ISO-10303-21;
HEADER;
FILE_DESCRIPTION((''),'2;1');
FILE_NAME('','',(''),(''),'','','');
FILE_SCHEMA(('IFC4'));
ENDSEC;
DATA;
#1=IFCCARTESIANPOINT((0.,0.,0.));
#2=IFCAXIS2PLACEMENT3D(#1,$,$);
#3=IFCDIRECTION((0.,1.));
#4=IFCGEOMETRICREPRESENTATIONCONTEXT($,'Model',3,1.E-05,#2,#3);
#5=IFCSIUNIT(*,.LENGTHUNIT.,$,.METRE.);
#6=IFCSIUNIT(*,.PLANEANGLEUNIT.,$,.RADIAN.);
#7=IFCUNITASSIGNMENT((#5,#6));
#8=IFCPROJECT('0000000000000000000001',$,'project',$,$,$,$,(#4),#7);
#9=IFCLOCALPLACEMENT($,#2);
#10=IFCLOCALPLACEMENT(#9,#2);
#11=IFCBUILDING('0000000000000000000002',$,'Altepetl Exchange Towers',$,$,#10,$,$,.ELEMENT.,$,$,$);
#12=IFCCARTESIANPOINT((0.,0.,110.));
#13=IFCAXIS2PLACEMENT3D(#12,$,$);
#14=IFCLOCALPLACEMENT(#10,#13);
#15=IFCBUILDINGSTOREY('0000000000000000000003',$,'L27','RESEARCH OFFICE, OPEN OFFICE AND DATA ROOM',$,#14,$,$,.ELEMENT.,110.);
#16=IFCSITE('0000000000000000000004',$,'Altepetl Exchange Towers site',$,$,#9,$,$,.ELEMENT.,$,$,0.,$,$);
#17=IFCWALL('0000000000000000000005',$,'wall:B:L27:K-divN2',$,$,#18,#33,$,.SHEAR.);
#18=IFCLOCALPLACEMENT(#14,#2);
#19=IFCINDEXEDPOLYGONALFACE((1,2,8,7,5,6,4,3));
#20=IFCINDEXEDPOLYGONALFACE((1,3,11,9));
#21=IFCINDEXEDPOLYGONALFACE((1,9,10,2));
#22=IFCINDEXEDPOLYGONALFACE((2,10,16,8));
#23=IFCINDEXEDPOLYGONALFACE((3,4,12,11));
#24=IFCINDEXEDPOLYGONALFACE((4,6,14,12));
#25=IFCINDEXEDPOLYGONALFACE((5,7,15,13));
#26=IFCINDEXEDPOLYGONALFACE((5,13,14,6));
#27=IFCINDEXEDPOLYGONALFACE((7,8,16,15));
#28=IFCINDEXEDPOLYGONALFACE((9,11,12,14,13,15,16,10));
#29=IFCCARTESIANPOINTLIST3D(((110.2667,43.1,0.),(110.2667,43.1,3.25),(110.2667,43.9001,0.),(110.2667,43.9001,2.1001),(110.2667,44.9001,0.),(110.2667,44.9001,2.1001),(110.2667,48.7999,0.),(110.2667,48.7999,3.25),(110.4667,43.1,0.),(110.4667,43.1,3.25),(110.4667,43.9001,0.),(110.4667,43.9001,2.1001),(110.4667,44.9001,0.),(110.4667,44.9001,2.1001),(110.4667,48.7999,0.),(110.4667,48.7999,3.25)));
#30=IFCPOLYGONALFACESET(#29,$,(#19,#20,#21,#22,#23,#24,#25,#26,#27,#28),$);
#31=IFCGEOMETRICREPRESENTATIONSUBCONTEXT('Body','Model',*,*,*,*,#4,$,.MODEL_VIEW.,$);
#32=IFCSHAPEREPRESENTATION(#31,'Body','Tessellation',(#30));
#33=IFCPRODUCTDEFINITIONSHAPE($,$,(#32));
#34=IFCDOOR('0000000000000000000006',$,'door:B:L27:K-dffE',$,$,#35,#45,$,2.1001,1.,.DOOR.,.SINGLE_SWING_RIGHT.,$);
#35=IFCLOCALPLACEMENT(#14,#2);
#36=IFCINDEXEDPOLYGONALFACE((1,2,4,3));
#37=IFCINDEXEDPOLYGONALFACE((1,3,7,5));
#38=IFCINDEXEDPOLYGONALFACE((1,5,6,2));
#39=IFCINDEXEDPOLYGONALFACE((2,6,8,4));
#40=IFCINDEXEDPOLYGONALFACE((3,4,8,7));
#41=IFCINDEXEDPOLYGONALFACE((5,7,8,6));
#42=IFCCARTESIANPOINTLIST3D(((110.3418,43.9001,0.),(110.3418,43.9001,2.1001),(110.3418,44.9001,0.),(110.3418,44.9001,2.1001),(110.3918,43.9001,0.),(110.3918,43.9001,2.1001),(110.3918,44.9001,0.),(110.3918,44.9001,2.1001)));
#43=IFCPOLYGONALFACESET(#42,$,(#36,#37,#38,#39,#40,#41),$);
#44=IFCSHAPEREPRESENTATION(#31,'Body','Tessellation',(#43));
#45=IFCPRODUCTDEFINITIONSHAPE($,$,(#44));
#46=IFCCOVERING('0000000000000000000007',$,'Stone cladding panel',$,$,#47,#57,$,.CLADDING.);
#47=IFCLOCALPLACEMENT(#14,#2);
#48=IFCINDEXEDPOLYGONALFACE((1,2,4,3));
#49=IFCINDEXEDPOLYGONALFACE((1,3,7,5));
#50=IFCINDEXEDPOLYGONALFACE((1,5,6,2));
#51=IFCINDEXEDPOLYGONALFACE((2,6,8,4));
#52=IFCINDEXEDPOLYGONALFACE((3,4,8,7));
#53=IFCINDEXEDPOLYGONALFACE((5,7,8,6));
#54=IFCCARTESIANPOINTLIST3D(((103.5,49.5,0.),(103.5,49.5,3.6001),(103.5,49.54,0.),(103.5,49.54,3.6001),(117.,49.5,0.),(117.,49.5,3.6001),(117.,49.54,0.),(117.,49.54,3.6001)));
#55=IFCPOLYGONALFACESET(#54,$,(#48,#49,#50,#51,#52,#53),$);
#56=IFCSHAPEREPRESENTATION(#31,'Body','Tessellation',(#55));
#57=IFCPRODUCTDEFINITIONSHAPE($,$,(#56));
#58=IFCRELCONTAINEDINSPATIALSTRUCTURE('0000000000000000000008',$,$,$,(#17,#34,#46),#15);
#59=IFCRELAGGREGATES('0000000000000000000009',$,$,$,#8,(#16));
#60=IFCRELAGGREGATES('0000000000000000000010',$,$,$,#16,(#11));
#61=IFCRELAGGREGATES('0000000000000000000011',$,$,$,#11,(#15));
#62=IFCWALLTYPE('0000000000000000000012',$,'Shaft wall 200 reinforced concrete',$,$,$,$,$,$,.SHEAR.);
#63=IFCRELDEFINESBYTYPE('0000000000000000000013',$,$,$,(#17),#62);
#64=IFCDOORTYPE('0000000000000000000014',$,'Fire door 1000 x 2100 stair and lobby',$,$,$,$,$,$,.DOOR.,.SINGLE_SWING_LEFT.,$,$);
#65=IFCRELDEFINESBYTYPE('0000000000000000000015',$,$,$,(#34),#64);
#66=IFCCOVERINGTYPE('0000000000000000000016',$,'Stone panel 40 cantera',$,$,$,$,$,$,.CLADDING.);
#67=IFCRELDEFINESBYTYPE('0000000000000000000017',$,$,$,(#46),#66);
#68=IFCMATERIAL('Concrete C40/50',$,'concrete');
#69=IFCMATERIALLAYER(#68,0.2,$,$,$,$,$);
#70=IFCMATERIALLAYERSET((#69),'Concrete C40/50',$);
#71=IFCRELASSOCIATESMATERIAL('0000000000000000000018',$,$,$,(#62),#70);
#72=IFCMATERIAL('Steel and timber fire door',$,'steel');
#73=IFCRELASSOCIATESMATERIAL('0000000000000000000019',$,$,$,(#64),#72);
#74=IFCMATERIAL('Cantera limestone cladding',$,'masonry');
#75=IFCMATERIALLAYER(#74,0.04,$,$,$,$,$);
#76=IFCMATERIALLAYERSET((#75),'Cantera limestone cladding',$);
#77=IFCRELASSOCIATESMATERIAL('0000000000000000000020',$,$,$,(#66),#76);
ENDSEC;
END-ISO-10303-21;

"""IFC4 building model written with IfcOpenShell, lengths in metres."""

from ifc_helpers import new_model, si_unit, direction, frame, frame_2d, origin, origin_2d, place, context, subcontext, project, spatial, rectangle, extrude, material, layer, layer_set, type_object, element, fill, save


model = new_model("IFC4")

# Units and contexts
model_context = context("Model", 3, precision=1e-05, world=origin(), true_north=direction((0.0, 1.0)))
body_context = subcontext(model_context, "Body", "Model", "MODEL_VIEW")
ifc_project = project(units=[si_unit("LENGTHUNIT", "METRE"), si_unit("PLANEANGLEUNIT", "RADIAN")], contexts=[model_context])

# Site, building, storey
site_placement = place(None, origin())
site = spatial("IfcSite", under=ifc_project, at=site_placement, Name="Altepetl Exchange Towers site", CompositionType="ELEMENT", RefElevation=0.0)
building_placement = place(site_placement, origin())
building = spatial("IfcBuilding", under=site, at=building_placement, Name="Altepetl Exchange Towers", CompositionType="ELEMENT")
storey_placement = place(building_placement, frame((0.0, 0.0, 110.0)))
storey = spatial("IfcBuildingStorey", under=building, at=storey_placement, Name="L27", Description="RESEARCH OFFICE, OPEN OFFICE AND DATA ROOM", CompositionType="ELEMENT", Elevation=110.0)

# Shared definitions
ifc_material_1 = material(Name="Concrete C40/50", Category="concrete")
ifc_layer_1 = layer(ifc_material_1, 0.2)
ifc_layer_set_1 = layer_set([ifc_layer_1], Name="Concrete C40/50")
wall_type_1 = type_object("IfcWallType", Name="Shaft wall 200 reinforced concrete", PredefinedType="SHEAR", material=ifc_layer_set_1)

# Wall, opening, door
wall_1_placement = place(storey_placement, frame((110.3667, 48.8, 0.0), z_axis=(0.0, 0.0, 1.0), x_axis=(0.0, -1.0, 0.0)))
wall_1 = element("IfcWall", 1, at=wall_1_placement, inside=storey, type_object=wall_type_1, Name="wall:B:L27:K-divN2", PredefinedType="SHEAR", context=body_context, shape_type="SweptSolid", body=[
    extrude(rectangle(XDim=5.7, YDim=0.2, at=frame_2d((2.8501, 0.0))), origin(), (0.0, 0.0, 1.0), 3.25),
])
opening_placement = place(wall_1_placement, frame((3.8999, 0.0, 0.0)))
opening = element("IfcOpeningElement", 2, at=opening_placement, cuts=wall_1, PredefinedType="OPENING", context=body_context, shape_type="SweptSolid", body=[
    extrude(rectangle(XDim=1.0, YDim=2.1001, at=frame_2d((0.5, 1.05))), frame((0.0, 0.1099, 0.0), z_axis=(0.0, -1.0, 0.0), x_axis=(1.0, 0.0, 0.0)), (0.0, 0.0, 1.0), 0.22),
])
ifc_material_2 = material(Name="Steel and timber fire door", Category="steel")
door_type = type_object("IfcDoorType", Name="Fire door 1000 x 2100 stair and lobby", OperationType="SINGLE_SWING_LEFT", PredefinedType="DOOR", material=ifc_material_2)
door_placement = place(opening_placement, frame((1.0, 0.0, 0.0), x_axis=(-1.0, 0.0, 0.0)))
door = element("IfcDoor", 3, at=door_placement, inside=storey, type_object=door_type, Name="door:B:L27:K-dffE", OperationType="SINGLE_SWING_RIGHT", OverallHeight=2.1001, OverallWidth=1.0, PredefinedType="DOOR", context=body_context, shape_type="SweptSolid", body=[
    extrude(rectangle(XDim=1.0, YDim=2.1001, at=frame_2d((0.5, 1.05))), frame((0.0, 0.0249, 0.0), z_axis=(0.0, -1.0, 0.0), x_axis=(1.0, 0.0, 0.0)), (0.0, 0.0, 1.0), 0.05),
])
fill(opening, door)

# Covering
ifc_material_3 = material(Name="Cantera limestone cladding", Category="masonry")
ifc_layer_2 = layer(ifc_material_3, 0.04)
ifc_layer_set_2 = layer_set([ifc_layer_2], Name="Cantera limestone cladding")
covering_type = type_object("IfcCoveringType", Name="Stone panel 40 cantera", PredefinedType="CLADDING", material=ifc_layer_set_2)
covering_placement = place(storey_placement, frame((110.25, 49.52, 0.0), z_axis=(0.0, 0.0, 1.0), x_axis=(-1.0, 0.0, 0.0)))
element("IfcCovering", 4, at=covering_placement, inside=storey, type_object=covering_type, Name="Stone cladding panel", PredefinedType="CLADDING", context=body_context, shape_type="SweptSolid", body=[
    extrude(rectangle(XDim=13.5, YDim=0.04, at=origin_2d()), origin(), (0.0, 0.0, 1.0), 3.6001),
])

save(model, "model.ifc")
